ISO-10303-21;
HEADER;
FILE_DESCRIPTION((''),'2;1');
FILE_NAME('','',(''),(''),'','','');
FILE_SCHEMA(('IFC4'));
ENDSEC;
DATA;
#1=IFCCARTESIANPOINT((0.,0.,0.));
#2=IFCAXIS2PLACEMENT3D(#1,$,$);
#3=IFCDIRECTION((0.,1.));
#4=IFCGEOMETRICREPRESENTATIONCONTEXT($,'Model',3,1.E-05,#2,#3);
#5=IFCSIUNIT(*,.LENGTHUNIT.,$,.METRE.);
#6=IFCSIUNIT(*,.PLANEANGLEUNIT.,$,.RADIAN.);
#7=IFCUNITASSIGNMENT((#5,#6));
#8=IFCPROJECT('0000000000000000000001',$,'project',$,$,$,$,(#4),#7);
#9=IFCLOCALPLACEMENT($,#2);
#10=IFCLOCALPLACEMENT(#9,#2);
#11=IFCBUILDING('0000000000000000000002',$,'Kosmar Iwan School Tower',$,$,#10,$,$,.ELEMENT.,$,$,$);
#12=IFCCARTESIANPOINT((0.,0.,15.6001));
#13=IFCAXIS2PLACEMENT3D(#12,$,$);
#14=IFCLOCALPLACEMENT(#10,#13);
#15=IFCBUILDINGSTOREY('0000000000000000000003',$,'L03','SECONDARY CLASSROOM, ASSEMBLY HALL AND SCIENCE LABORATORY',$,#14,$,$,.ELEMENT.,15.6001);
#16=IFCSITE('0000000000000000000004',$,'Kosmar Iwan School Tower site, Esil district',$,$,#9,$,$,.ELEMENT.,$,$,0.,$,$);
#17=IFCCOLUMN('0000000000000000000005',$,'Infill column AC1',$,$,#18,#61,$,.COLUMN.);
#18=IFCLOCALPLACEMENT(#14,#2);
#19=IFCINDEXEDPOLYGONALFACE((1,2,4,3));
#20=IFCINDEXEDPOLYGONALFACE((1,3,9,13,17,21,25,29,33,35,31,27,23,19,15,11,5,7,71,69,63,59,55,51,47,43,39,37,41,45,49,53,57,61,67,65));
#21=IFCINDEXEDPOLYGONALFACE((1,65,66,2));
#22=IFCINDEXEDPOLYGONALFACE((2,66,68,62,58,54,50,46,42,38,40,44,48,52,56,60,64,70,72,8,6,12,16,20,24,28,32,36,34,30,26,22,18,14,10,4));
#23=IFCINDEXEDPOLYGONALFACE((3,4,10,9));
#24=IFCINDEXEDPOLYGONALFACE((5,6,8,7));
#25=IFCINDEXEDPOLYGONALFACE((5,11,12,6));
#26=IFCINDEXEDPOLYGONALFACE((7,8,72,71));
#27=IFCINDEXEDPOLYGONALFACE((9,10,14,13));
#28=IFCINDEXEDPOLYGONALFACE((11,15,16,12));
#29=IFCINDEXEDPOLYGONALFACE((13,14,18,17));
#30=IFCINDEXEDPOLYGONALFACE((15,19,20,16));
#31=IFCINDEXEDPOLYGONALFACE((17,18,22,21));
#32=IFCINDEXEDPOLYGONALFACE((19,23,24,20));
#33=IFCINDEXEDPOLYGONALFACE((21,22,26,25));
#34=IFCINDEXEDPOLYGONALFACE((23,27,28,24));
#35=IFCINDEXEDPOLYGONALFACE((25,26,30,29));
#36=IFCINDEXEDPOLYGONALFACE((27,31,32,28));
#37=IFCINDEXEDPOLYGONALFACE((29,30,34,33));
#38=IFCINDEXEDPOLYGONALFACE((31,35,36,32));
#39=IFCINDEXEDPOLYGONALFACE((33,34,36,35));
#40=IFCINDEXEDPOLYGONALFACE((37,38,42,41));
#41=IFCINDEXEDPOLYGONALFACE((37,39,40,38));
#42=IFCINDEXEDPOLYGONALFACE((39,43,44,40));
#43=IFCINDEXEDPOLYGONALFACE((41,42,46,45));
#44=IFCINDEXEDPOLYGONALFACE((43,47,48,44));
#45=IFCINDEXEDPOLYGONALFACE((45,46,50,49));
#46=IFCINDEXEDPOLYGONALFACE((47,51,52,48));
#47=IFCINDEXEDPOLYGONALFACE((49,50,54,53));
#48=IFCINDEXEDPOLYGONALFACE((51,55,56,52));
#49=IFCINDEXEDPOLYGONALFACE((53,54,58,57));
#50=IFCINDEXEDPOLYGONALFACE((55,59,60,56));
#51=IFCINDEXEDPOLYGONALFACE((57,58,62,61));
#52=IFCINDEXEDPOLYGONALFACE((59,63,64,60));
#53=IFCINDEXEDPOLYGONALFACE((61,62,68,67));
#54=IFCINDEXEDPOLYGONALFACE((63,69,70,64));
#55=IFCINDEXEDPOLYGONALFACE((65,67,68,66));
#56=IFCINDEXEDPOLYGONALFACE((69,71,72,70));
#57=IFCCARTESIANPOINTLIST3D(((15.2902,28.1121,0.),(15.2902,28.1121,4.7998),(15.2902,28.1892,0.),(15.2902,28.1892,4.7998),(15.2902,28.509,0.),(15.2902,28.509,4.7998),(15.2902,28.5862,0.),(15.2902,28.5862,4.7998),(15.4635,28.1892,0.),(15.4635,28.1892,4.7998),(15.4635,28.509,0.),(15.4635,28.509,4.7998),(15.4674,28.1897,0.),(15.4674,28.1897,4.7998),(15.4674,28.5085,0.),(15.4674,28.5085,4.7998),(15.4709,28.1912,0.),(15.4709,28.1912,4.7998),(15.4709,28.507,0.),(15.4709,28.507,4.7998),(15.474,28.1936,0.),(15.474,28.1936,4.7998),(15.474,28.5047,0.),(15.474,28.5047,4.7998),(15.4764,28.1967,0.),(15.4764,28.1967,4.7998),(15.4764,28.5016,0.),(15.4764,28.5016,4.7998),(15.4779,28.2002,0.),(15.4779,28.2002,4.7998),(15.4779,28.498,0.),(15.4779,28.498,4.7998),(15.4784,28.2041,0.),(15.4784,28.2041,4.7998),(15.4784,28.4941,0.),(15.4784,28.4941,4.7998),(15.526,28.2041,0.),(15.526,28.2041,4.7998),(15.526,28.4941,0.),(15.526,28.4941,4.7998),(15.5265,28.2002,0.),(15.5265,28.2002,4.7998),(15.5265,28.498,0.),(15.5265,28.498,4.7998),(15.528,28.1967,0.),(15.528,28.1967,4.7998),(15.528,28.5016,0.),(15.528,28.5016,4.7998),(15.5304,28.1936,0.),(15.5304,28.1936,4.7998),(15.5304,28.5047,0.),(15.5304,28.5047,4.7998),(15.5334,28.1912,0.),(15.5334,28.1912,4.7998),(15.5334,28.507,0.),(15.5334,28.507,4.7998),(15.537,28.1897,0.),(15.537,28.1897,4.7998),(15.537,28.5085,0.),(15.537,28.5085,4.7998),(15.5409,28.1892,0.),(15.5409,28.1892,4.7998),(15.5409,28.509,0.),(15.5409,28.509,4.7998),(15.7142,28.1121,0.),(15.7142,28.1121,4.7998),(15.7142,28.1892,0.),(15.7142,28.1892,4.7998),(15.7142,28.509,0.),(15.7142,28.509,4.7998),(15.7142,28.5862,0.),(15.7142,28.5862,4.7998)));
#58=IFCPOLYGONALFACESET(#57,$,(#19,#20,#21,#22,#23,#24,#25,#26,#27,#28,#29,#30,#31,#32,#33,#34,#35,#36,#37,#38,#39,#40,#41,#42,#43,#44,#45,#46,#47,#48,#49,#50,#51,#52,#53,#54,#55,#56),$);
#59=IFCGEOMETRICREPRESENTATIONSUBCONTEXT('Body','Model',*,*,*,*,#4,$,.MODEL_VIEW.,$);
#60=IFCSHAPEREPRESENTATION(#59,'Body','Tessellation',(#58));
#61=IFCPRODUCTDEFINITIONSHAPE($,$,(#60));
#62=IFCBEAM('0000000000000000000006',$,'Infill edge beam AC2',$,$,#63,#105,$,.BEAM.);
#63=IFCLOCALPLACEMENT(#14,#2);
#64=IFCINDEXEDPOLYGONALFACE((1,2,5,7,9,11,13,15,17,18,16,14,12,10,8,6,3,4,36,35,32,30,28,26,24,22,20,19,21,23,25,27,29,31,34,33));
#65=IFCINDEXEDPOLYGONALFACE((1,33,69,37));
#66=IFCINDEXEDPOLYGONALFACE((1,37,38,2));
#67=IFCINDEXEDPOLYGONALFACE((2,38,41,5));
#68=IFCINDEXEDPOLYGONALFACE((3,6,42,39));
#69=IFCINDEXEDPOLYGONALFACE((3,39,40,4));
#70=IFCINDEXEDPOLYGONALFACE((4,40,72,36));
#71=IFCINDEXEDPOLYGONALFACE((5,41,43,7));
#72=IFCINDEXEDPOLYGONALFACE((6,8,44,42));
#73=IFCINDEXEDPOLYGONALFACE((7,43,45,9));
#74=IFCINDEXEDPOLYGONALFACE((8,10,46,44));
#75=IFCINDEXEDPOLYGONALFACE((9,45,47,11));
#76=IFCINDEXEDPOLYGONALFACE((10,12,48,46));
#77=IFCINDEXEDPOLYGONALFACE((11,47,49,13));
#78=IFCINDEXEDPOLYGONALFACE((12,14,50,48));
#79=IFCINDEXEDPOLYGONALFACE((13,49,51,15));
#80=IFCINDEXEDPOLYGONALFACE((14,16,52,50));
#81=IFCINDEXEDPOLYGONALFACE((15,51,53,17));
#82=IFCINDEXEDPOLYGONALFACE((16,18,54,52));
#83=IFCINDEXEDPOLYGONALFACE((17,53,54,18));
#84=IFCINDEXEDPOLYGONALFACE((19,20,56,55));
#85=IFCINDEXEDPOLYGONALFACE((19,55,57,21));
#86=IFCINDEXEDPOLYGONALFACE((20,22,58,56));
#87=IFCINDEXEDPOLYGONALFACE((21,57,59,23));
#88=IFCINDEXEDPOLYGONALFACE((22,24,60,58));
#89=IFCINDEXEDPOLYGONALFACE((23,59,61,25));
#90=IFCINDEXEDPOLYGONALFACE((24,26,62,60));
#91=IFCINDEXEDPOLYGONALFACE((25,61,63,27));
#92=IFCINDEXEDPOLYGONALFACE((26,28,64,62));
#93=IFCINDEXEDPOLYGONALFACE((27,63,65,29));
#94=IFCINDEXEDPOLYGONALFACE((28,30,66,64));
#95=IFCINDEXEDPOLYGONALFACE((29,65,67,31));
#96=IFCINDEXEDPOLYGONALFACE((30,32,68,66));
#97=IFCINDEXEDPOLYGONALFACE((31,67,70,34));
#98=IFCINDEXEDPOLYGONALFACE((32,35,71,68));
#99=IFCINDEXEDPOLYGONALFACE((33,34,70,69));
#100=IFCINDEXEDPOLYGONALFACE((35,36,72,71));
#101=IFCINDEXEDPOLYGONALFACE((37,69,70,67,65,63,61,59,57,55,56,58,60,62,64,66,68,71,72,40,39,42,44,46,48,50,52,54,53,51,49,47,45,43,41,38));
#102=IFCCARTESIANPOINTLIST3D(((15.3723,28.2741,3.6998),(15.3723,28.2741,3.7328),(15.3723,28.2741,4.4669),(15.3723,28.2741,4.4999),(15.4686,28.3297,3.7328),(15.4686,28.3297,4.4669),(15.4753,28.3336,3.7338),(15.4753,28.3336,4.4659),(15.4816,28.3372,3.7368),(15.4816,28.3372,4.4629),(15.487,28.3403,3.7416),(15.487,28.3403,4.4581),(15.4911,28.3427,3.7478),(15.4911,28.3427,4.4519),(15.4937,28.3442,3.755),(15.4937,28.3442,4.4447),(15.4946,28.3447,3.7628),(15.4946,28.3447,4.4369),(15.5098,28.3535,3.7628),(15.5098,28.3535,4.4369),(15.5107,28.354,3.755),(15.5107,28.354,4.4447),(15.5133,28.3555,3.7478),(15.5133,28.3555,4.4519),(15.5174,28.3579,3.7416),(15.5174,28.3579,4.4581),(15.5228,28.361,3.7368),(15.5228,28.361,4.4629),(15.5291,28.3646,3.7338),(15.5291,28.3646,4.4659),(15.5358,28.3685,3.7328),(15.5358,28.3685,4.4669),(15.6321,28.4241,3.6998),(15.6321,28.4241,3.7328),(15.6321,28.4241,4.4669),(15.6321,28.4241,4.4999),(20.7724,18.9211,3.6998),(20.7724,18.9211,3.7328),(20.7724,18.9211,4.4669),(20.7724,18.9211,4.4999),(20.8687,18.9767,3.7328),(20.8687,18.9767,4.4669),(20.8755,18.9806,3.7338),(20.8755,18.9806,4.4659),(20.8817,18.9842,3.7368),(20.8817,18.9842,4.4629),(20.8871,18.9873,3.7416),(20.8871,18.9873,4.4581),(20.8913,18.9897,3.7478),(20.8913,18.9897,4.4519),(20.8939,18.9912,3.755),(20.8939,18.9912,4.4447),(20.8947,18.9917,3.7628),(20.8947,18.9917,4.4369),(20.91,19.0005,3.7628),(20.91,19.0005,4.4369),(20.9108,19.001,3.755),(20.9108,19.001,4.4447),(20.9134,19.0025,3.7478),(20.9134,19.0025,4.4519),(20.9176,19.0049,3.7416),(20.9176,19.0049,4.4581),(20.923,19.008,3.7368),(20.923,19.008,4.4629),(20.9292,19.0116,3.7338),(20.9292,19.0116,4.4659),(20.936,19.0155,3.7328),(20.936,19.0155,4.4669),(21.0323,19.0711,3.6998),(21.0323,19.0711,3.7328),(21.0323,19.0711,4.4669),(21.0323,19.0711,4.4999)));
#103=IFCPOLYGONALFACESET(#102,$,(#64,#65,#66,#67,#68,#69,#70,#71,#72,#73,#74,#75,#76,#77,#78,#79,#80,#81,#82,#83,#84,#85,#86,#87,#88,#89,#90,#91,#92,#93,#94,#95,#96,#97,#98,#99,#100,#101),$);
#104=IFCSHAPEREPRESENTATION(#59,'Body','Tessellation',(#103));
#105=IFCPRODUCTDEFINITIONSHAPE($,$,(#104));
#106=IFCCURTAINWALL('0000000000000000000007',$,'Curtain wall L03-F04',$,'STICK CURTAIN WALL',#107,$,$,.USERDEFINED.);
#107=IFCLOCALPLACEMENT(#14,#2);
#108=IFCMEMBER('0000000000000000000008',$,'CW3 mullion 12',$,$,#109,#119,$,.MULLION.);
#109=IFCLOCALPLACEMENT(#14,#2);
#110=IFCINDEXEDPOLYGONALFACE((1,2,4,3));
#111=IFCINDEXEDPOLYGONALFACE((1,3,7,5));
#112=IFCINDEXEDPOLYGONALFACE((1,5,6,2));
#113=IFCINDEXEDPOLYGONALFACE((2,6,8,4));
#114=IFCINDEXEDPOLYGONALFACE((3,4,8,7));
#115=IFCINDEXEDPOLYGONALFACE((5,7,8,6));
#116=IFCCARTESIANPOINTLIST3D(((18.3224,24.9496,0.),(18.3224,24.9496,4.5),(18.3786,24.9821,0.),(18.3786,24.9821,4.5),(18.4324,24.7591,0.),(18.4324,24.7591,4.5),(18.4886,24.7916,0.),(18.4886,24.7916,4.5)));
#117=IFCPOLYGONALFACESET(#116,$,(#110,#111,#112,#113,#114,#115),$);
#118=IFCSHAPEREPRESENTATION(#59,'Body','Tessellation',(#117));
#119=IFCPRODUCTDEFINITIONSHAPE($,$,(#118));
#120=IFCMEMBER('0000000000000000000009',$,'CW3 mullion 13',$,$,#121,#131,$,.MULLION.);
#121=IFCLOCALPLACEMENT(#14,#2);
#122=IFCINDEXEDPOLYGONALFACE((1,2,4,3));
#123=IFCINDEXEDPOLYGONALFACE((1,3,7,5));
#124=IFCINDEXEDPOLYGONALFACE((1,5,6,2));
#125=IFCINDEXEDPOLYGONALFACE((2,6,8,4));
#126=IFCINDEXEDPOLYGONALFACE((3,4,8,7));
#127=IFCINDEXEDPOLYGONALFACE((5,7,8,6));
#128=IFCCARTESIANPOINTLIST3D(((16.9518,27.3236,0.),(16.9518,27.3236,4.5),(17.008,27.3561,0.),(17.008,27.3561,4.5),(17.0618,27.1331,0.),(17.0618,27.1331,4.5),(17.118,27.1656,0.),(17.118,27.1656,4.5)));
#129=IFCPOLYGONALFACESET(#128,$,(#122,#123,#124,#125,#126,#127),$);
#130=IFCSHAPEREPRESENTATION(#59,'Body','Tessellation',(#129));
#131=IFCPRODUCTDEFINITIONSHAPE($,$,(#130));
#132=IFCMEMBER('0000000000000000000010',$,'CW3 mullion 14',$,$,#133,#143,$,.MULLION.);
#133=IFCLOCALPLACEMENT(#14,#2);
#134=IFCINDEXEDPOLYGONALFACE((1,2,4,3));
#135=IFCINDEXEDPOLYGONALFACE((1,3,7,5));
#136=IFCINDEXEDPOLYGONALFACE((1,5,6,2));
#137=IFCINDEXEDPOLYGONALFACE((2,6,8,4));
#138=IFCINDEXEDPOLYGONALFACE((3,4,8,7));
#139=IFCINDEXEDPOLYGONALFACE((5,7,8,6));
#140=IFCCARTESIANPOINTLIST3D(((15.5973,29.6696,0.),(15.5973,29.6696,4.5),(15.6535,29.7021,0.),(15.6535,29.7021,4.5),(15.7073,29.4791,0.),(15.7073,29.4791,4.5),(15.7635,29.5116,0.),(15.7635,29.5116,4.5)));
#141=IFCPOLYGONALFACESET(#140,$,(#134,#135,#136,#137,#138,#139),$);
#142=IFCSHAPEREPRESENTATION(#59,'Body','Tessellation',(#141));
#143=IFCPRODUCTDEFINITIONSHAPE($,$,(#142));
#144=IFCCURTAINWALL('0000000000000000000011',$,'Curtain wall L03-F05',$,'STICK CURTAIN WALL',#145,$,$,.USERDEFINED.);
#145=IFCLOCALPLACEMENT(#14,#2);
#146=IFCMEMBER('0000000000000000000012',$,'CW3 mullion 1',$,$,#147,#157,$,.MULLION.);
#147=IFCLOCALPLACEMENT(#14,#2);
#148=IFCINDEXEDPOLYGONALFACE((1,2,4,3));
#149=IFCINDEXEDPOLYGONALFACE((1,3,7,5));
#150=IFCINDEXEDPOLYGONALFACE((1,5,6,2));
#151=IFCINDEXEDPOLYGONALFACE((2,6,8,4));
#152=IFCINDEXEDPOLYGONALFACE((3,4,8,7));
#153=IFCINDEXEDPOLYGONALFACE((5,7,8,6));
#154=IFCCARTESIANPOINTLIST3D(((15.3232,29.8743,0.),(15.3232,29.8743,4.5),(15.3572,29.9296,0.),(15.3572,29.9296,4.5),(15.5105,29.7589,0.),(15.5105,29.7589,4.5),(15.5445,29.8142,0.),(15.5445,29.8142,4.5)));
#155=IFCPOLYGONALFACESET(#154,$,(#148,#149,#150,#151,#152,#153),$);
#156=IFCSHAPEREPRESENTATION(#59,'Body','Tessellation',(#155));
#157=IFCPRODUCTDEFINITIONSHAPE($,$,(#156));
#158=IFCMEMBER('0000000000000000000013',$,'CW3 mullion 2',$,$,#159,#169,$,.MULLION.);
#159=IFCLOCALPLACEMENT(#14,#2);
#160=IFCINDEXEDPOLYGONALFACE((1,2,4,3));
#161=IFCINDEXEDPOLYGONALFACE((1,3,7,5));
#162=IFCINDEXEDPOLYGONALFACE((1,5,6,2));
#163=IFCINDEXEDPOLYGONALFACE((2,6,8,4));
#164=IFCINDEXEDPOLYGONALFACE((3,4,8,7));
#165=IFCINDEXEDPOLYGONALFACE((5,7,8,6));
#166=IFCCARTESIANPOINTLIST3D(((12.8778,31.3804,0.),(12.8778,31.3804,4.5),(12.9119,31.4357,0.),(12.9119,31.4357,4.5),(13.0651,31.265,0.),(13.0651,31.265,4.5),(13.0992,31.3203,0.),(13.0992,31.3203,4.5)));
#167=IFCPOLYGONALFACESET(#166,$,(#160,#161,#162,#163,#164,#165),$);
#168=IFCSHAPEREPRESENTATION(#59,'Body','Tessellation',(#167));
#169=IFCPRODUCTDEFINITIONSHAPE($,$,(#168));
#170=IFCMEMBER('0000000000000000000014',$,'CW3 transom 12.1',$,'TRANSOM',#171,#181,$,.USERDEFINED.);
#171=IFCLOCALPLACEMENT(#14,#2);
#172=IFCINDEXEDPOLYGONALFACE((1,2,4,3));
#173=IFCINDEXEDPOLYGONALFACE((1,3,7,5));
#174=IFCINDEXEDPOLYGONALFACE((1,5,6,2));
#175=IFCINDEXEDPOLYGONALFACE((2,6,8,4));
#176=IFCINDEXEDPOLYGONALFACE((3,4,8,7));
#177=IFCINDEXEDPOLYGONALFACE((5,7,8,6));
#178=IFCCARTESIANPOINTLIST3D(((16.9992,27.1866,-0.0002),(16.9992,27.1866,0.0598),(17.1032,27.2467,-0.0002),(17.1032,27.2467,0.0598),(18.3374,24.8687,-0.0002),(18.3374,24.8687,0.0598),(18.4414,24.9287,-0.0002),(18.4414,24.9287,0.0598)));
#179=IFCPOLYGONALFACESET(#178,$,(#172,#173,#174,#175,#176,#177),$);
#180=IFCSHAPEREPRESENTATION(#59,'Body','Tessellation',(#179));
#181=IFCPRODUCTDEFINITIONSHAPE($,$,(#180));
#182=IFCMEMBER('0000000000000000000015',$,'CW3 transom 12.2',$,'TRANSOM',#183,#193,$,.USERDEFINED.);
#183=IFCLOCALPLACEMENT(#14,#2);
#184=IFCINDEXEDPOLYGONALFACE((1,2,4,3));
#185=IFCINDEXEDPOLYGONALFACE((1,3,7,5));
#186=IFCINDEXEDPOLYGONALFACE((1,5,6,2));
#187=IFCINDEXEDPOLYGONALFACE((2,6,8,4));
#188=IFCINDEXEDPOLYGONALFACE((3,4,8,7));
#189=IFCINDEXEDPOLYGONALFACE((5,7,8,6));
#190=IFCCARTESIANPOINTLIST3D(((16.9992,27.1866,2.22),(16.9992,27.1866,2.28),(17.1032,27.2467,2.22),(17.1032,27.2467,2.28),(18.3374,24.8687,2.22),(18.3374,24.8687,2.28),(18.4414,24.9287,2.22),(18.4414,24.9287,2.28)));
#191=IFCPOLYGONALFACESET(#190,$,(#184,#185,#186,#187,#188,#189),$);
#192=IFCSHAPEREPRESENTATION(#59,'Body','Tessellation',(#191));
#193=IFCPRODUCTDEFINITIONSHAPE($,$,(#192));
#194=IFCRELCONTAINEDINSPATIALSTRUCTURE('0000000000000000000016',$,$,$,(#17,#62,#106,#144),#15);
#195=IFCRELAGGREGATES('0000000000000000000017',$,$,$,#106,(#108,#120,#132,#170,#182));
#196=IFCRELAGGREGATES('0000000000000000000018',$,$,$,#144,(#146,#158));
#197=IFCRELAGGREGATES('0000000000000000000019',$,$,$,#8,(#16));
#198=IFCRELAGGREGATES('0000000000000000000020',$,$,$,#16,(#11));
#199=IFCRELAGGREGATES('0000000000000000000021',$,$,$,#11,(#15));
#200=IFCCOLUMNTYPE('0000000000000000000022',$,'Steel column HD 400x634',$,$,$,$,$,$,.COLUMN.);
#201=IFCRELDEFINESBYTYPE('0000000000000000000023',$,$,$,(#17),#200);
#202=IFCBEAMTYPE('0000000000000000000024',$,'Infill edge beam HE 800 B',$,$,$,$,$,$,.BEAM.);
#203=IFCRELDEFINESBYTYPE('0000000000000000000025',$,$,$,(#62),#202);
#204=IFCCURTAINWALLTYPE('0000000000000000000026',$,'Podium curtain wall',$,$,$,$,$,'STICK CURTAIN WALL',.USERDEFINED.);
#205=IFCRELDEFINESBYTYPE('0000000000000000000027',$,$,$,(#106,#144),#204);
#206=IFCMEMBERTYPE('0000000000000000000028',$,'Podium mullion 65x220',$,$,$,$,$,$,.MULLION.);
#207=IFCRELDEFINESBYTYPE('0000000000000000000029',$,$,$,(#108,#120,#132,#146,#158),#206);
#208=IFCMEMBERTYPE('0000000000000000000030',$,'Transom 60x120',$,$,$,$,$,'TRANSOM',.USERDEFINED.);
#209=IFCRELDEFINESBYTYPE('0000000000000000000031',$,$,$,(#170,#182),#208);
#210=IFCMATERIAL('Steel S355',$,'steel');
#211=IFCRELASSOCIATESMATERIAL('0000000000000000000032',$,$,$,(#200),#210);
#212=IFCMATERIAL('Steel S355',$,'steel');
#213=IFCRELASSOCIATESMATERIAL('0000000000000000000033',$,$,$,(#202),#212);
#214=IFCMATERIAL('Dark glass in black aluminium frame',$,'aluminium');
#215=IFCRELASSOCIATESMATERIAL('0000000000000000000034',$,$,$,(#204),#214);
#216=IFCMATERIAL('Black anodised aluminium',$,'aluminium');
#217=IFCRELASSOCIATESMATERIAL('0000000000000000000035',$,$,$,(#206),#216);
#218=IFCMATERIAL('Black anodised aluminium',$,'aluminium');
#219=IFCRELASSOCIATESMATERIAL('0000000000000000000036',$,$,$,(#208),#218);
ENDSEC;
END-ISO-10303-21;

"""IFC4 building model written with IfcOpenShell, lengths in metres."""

from ifc_helpers import new_model, si_unit, direction, frame, origin, origin_2d, place, context, subcontext, project, spatial, rectangle, i_section, extrude, material, material_profile, profile_set, type_object, element, aggregate, save


model = new_model("IFC4")

# Units and contexts
model_context = context("Model", 3, precision=1e-05, world=origin(), true_north=direction((0.0, 1.0)))
body_context = subcontext(model_context, "Body", "Model", "MODEL_VIEW")
ifc_project = project(units=[si_unit("LENGTHUNIT", "METRE"), si_unit("PLANEANGLEUNIT", "RADIAN")], contexts=[model_context])

# Site, building, storey
site_placement = place(None, origin())
site = spatial("IfcSite", under=ifc_project, at=site_placement, Name="Kosmar Iwan School Tower site, Esil district", CompositionType="ELEMENT", RefElevation=0.0)
building_placement = place(site_placement, origin())
building = spatial("IfcBuilding", under=site, at=building_placement, Name="Kosmar Iwan School Tower", CompositionType="ELEMENT")
storey_placement = place(building_placement, frame((0.0, 0.0, 15.6001)))
storey = spatial("IfcBuildingStorey", under=building, at=storey_placement, Name="L03", Description="SECONDARY CLASSROOM, ASSEMBLY HALL AND SCIENCE LABORATORY", CompositionType="ELEMENT", Elevation=15.6001)

# Column
ifc_material_1 = material(Name="Steel S355", Category="steel")
ifc_material_profile_1 = material_profile(ifc_material_1, i_section(OverallWidth=0.4241, OverallDepth=0.4741, WebThickness=0.0476, FlangeThickness=0.0771, FilletRadius=0.0149, at=origin_2d()), Name="HD 400x634")
ifc_profile_set_1 = profile_set([ifc_material_profile_1], Name="Steel S355")
column_type = type_object("IfcColumnType", Name="Steel column HD 400x634", PredefinedType="COLUMN", material=ifc_profile_set_1)
column_placement = place(storey_placement, frame((15.5022, 28.3491, 0.0), z_axis=(0.0, 0.0, 1.0), x_axis=(1.0, 0.0, 0.0)))
element("IfcColumn", 1, at=column_placement, inside=storey, type_object=column_type, Name="Infill column AC1", PredefinedType="COLUMN", context=body_context, shape_type="SweptSolid", body=[
    extrude(i_section(OverallWidth=0.4241, OverallDepth=0.4741, WebThickness=0.0476, FlangeThickness=0.0771, FilletRadius=0.0149, at=origin_2d()), origin(), (0.0, 0.0, 1.0), 4.7998),
])

# Beam
ifc_material_2 = material(Name="Steel S355", Category="steel")
ifc_material_profile_2 = material_profile(ifc_material_2, i_section(OverallWidth=0.3, OverallDepth=0.8, WebThickness=0.0176, FlangeThickness=0.033, FilletRadius=0.03, at=origin_2d()), Name="HE 800 B")
ifc_profile_set_2 = profile_set([ifc_material_profile_2], Name="Steel S355")
beam_type = type_object("IfcBeamType", Name="Infill edge beam HE 800 B", PredefinedType="BEAM", material=ifc_profile_set_2)
beam_placement = place(storey_placement, frame((15.5022, 28.3491, 4.0999), z_axis=(0.500012, -0.866018, 0.0), x_axis=(0.866018, 0.500012, 0.0)))
element("IfcBeam", 2, at=beam_placement, inside=storey, type_object=beam_type, Name="Infill edge beam AC2", PredefinedType="BEAM", context=body_context, shape_type="SweptSolid", body=[
    extrude(i_section(OverallWidth=0.3, OverallDepth=0.8, WebThickness=0.0176, FlangeThickness=0.033, FilletRadius=0.03, at=origin_2d()), origin(), (0.0, 0.0, 1.0), 10.8),
])

# Curtain walls, members
ifc_material_3 = material(Name="Dark glass in black aluminium frame", Category="aluminium")
curtain_wall_type = type_object("IfcCurtainWallType", Name="Podium curtain wall", ElementType="STICK CURTAIN WALL", PredefinedType="USERDEFINED", material=ifc_material_3)
curtain_wall_1_placement = place(storey_placement, origin())
curtain_wall_1 = element("IfcCurtainWall", 3, at=curtain_wall_1_placement, inside=storey, type_object=curtain_wall_type, Name="Curtain wall L03-F04", ObjectType="STICK CURTAIN WALL", PredefinedType="USERDEFINED")
ifc_material_4 = material(Name="Black anodised aluminium", Category="aluminium")
ifc_material_profile_3 = material_profile(ifc_material_4, rectangle(XDim=0.0649, YDim=0.22, at=origin_2d()), Name="MULLION 65x220")
ifc_profile_set_3 = profile_set([ifc_material_profile_3], Name="Black anodised aluminium")
member_type_1 = type_object("IfcMemberType", Name="Podium mullion 65x220", PredefinedType="MULLION", material=ifc_profile_set_3)
member_1_placement = place(storey_placement, frame((18.4055, 24.8706, 0.0), z_axis=(0.0, 0.0, 1.0), x_axis=(-0.866025, -0.5, 0.0)))
member_1 = element("IfcMember", 4, at=member_1_placement, type_object=member_type_1, Name="CW3 mullion 12", PredefinedType="MULLION", context=body_context, shape_type="SweptSolid", body=[
    extrude(rectangle(XDim=0.0649, YDim=0.22, at=origin_2d()), origin(), (0.0, 0.0, 1.0), 4.5),
])
member_2_placement = place(storey_placement, frame((17.0349, 27.2446, 0.0), z_axis=(0.0, 0.0, 1.0), x_axis=(-0.866025, -0.5, 0.0)))
member_2 = element("IfcMember", 5, at=member_2_placement, type_object=member_type_1, Name="CW3 mullion 13", PredefinedType="MULLION", context=body_context, shape_type="SweptSolid", body=[
    extrude(rectangle(XDim=0.0649, YDim=0.22, at=origin_2d()), origin(), (0.0, 0.0, 1.0), 4.5),
])
member_3_placement = place(storey_placement, frame((15.6804, 29.5906, 0.0), z_axis=(0.0, 0.0, 1.0), x_axis=(-0.866025, -0.5, 0.0)))
member_3 = element("IfcMember", 6, at=member_3_placement, type_object=member_type_1, Name="CW3 mullion 14", PredefinedType="MULLION", context=body_context, shape_type="SweptSolid", body=[
    extrude(rectangle(XDim=0.0649, YDim=0.22, at=origin_2d()), origin(), (0.0, 0.0, 1.0), 4.5),
])
curtain_wall_2_placement = place(storey_placement, origin())
curtain_wall_2 = element("IfcCurtainWall", 7, at=curtain_wall_2_placement, inside=storey, type_object=curtain_wall_type, Name="Curtain wall L03-F05", ObjectType="STICK CURTAIN WALL", PredefinedType="USERDEFINED")
member_4_placement = place(storey_placement, frame((15.4338, 29.8442, 0.0), z_axis=(0.0, 0.0, 1.0), x_axis=(-0.524382, -0.851483, 0.0)))
member_4 = element("IfcMember", 8, at=member_4_placement, type_object=member_type_1, Name="CW3 mullion 1", PredefinedType="MULLION", context=body_context, shape_type="SweptSolid", body=[
    extrude(rectangle(XDim=0.0649, YDim=0.22, at=origin_2d()), origin(), (0.0, 0.0, 1.0), 4.5),
])
member_5_placement = place(storey_placement, frame((12.9885, 31.3503, 0.0), z_axis=(0.0, 0.0, 1.0), x_axis=(-0.524382, -0.851483, 0.0)))
member_5 = element("IfcMember", 9, at=member_5_placement, type_object=member_type_1, Name="CW3 mullion 2", PredefinedType="MULLION", context=body_context, shape_type="SweptSolid", body=[
    extrude(rectangle(XDim=0.0649, YDim=0.22, at=origin_2d()), origin(), (0.0, 0.0, 1.0), 4.5),
])

# Members
ifc_material_5 = material(Name="Black anodised aluminium", Category="aluminium")
ifc_material_profile_4 = material_profile(ifc_material_5, rectangle(XDim=0.1201, YDim=0.0601, at=origin_2d()), Name="TRANSOM 60x120")
ifc_profile_set_4 = profile_set([ifc_material_profile_4], Name="Black anodised aluminium")
member_type_2 = type_object("IfcMemberType", Name="Transom 60x120", ElementType="TRANSOM", PredefinedType="USERDEFINED", material=ifc_profile_set_4)
member_6_placement = place(storey_placement, frame((18.3894, 24.8987, 0.0298), z_axis=(-0.499975, 0.86604, 0.0), x_axis=(-0.86604, -0.499975, 0.0)))
member_6 = element("IfcMember", 10, at=member_6_placement, type_object=member_type_2, Name="CW3 transom 12.1", ObjectType="TRANSOM", PredefinedType="USERDEFINED", context=body_context, shape_type="SweptSolid", body=[
    extrude(rectangle(XDim=0.1201, YDim=0.0601, at=origin_2d()), origin(), (0.0, 0.0, 1.0), 2.6765),
])
member_7_placement = place(storey_placement, frame((18.3894, 24.8987, 2.25), z_axis=(-0.499975, 0.86604, 0.0), x_axis=(-0.86604, -0.499975, 0.0)))
member_7 = element("IfcMember", 11, at=member_7_placement, type_object=member_type_2, Name="CW3 transom 12.2", ObjectType="TRANSOM", PredefinedType="USERDEFINED", context=body_context, shape_type="SweptSolid", body=[
    extrude(rectangle(XDim=0.1201, YDim=0.0601, at=origin_2d()), origin(), (0.0, 0.0, 1.0), 2.6765),
])

aggregate(curtain_wall_1, [member_1, member_2, member_3, member_6, member_7])
aggregate(curtain_wall_2, [member_4, member_5])

save(model, "model.ifc")
